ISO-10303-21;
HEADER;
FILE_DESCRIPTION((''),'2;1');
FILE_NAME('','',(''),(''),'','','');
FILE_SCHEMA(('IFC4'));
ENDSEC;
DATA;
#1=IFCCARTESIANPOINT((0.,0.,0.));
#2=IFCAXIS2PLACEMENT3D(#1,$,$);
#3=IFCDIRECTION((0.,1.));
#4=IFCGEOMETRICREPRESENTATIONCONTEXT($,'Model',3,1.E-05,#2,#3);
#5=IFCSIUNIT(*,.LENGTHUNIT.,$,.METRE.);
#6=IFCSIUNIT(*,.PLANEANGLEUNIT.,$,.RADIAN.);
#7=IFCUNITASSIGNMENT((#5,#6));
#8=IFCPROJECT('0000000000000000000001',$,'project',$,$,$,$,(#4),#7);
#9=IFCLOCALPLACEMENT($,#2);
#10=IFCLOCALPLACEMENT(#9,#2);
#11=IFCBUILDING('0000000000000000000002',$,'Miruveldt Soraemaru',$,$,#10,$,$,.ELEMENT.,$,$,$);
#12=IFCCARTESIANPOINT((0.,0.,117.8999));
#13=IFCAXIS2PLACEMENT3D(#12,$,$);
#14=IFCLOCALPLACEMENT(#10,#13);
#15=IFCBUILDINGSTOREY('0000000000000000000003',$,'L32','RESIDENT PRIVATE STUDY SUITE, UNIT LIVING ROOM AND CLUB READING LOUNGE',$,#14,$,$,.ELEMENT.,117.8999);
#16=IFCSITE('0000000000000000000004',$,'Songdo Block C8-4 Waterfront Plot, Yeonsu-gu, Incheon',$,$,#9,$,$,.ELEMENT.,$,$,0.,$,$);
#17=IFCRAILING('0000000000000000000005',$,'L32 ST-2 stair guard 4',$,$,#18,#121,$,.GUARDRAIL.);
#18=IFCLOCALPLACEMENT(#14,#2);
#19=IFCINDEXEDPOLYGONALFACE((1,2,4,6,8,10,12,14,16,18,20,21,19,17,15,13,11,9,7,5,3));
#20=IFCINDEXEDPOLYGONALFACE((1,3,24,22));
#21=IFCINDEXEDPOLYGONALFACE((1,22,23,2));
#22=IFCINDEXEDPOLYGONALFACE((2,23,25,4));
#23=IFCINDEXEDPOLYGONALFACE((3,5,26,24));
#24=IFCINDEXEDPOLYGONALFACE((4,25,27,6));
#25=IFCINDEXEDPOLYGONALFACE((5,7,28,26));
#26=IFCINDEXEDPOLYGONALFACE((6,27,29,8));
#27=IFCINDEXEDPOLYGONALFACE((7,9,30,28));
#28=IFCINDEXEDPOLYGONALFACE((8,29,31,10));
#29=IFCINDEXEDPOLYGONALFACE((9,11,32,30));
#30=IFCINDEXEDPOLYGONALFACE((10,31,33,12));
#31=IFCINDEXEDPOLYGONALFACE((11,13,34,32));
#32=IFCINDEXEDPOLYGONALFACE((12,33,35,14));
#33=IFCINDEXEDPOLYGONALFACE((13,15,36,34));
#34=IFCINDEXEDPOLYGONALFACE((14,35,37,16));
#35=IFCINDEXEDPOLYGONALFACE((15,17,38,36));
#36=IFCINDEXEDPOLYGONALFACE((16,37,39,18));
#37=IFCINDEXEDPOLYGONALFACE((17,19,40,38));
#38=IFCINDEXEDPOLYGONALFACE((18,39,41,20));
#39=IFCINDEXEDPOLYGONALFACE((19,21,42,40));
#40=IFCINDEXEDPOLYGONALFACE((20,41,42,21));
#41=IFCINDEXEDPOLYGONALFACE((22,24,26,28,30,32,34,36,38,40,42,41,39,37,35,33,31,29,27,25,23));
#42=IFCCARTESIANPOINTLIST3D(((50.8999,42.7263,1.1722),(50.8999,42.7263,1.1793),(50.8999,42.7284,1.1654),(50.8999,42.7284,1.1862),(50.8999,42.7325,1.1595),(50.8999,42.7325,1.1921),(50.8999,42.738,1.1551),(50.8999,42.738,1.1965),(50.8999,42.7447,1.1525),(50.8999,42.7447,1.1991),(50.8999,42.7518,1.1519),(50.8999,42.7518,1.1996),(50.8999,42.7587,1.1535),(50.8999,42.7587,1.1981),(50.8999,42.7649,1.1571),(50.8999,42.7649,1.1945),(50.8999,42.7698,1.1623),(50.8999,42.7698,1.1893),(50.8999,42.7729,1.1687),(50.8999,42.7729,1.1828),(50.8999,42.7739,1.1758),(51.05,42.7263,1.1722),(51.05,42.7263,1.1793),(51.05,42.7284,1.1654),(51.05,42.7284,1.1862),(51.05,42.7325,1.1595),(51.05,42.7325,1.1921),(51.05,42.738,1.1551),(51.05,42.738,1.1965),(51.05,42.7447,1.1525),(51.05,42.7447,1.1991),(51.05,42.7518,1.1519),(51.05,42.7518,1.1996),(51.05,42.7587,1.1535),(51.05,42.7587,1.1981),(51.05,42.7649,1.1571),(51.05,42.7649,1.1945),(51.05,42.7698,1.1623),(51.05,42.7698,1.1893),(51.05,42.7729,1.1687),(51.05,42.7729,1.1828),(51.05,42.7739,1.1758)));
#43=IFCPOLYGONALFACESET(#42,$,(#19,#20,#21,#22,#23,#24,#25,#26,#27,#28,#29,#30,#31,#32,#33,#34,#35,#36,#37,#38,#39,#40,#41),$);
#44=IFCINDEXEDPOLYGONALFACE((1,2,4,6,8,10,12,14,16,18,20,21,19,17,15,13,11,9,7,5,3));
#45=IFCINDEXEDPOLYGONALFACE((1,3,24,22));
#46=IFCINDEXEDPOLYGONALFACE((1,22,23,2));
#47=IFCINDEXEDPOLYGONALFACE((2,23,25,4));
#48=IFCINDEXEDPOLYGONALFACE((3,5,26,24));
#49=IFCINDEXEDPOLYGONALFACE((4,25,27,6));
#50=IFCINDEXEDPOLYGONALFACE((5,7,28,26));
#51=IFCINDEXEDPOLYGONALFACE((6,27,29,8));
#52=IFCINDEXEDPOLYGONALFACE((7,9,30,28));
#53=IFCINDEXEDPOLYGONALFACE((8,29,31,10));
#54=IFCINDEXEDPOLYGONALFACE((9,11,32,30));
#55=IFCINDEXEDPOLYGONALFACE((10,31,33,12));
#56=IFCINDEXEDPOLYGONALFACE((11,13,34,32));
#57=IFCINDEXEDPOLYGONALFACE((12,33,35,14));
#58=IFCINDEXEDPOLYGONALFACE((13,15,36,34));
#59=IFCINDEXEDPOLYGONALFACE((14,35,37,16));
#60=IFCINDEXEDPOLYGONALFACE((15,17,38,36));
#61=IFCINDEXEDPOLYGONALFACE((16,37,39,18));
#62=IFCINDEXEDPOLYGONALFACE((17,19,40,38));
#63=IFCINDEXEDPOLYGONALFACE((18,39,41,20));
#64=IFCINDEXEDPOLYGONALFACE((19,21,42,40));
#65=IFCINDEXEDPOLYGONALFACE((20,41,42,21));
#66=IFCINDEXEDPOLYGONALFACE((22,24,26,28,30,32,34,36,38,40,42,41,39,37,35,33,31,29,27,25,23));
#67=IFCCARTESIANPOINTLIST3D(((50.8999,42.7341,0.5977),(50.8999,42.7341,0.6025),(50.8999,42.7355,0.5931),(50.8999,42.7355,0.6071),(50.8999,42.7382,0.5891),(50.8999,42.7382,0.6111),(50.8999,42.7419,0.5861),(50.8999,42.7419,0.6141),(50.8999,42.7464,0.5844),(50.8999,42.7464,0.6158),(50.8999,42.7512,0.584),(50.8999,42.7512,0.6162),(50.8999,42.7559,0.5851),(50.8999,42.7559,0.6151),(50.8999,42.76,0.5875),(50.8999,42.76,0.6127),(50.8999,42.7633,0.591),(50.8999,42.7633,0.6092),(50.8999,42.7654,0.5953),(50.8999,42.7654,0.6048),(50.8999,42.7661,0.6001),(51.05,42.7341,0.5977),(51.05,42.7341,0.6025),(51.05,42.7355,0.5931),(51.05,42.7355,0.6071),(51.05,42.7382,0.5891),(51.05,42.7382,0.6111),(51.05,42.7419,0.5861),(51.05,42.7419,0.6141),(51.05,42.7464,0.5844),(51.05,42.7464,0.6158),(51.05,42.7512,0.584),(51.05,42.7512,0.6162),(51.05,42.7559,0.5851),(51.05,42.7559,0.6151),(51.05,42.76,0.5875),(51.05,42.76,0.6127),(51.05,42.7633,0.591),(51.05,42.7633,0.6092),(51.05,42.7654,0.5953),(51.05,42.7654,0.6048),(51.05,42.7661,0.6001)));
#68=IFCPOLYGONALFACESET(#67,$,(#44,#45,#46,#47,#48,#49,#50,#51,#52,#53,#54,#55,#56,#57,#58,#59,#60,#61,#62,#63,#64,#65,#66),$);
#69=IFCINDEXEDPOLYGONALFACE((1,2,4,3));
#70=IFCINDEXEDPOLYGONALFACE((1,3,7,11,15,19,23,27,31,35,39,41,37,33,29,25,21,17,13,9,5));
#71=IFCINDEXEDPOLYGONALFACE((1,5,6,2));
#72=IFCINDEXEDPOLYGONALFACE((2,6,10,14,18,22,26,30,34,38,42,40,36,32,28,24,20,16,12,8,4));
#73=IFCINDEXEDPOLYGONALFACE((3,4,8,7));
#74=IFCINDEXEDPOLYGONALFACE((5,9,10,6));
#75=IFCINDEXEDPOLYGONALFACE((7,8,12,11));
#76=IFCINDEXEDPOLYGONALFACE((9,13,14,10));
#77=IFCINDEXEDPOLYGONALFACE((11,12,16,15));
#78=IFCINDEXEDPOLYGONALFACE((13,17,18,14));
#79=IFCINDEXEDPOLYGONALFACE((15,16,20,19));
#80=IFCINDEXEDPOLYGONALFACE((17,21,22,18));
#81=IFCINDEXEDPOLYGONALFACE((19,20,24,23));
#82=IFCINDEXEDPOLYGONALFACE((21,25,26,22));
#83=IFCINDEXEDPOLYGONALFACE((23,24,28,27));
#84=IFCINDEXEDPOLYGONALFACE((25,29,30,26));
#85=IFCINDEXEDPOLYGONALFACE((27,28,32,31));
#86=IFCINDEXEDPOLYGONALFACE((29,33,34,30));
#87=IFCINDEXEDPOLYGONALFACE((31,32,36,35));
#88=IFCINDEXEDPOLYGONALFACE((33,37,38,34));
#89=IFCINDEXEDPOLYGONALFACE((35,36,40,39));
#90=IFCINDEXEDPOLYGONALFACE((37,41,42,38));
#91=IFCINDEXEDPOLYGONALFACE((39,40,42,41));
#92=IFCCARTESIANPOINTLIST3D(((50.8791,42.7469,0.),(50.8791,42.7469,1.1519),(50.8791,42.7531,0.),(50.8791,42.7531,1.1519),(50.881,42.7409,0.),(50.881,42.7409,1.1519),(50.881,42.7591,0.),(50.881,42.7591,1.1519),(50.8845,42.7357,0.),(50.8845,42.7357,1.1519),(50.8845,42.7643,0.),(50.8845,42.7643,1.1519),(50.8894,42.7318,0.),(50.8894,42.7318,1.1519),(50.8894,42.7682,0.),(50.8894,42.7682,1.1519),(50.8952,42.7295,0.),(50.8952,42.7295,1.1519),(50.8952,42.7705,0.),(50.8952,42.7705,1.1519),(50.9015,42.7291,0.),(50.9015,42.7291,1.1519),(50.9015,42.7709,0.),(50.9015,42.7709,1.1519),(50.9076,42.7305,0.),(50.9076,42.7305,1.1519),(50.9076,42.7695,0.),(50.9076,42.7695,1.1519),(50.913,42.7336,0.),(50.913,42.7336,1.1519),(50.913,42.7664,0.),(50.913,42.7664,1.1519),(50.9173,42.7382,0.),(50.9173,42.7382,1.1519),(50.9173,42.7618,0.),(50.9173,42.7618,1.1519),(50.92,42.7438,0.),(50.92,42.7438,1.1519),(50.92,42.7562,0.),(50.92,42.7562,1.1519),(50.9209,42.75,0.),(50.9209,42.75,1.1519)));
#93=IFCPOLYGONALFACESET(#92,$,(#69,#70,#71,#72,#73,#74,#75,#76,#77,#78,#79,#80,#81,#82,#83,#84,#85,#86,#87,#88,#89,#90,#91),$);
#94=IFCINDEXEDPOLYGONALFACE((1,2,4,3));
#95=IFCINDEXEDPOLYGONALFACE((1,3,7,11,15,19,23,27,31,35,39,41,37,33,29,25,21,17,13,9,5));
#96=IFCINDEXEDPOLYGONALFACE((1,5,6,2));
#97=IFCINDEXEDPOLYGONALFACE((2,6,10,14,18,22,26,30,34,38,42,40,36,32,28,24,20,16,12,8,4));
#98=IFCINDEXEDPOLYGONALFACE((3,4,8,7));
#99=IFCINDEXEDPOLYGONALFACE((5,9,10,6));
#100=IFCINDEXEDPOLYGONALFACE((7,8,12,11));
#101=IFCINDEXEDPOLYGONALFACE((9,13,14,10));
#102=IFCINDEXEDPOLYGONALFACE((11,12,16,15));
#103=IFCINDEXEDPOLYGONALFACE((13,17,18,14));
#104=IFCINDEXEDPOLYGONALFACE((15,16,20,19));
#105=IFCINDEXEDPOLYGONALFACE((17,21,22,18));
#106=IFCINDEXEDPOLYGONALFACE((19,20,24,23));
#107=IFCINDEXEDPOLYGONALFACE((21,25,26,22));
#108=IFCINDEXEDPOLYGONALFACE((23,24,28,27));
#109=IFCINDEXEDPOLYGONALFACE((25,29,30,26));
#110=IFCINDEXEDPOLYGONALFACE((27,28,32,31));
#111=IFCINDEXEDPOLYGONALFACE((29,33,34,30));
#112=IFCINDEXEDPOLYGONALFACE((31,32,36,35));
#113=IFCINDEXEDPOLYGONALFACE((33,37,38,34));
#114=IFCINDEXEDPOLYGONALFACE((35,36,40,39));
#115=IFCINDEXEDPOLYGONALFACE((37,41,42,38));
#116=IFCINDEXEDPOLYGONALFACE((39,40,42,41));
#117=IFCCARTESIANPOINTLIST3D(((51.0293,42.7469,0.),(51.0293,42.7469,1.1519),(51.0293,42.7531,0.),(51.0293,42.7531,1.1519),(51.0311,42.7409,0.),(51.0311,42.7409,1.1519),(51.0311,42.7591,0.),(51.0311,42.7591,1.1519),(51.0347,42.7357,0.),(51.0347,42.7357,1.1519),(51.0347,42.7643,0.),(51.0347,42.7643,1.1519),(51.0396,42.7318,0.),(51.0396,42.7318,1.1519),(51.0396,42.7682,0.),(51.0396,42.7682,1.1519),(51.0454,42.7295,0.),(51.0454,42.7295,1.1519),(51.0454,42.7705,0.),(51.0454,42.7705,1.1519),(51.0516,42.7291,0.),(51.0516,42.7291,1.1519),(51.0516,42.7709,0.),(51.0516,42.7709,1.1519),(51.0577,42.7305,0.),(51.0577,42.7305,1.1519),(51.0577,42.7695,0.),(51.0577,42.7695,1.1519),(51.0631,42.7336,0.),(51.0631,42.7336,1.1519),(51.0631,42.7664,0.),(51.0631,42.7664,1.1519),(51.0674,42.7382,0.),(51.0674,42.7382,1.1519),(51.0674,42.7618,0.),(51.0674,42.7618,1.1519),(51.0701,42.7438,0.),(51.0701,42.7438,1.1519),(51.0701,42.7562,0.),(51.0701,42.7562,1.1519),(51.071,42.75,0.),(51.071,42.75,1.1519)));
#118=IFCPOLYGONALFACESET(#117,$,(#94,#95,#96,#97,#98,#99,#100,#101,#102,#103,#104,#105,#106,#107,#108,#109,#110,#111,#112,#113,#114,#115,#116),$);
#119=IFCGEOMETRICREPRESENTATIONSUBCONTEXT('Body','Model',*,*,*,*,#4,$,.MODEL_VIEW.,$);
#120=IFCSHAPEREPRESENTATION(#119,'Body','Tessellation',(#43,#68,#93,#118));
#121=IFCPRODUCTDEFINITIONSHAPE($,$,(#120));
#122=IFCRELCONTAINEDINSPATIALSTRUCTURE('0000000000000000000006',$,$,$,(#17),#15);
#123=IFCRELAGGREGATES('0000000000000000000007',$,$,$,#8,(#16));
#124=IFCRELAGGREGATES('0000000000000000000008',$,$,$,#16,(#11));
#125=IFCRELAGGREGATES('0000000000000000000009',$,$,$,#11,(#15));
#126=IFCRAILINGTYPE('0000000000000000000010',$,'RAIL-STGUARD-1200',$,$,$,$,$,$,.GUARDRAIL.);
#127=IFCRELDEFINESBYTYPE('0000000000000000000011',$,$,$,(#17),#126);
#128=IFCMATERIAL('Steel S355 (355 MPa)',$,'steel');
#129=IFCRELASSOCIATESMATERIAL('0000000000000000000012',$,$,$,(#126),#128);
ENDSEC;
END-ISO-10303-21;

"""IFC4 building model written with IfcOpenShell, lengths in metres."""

from ifc_helpers import new_model, si_unit, direction, frame, origin, origin_2d, place, context, subcontext, project, spatial, circle, extrude, material, type_object, element, save


model = new_model("IFC4")

# Units and contexts
model_context = context("Model", 3, precision=1e-05, world=origin(), true_north=direction((0.0, 1.0)))
body_context = subcontext(model_context, "Body", "Model", "MODEL_VIEW")
ifc_project = project(units=[si_unit("LENGTHUNIT", "METRE"), si_unit("PLANEANGLEUNIT", "RADIAN")], contexts=[model_context])

# Site, building, storey
site_placement = place(None, origin())
site = spatial("IfcSite", under=ifc_project, at=site_placement, Name="Songdo Block C8-4 Waterfront Plot, Yeonsu-gu, Incheon", CompositionType="ELEMENT", RefElevation=0.0)
building_placement = place(site_placement, origin())
building = spatial("IfcBuilding", under=site, at=building_placement, Name="Miruveldt Soraemaru", CompositionType="ELEMENT")
storey_placement = place(building_placement, frame((0.0, 0.0, 117.8999)))
storey = spatial("IfcBuildingStorey", under=building, at=storey_placement, Name="L32", Description="RESIDENT PRIVATE STUDY SUITE, UNIT LIVING ROOM AND CLUB READING LOUNGE", CompositionType="ELEMENT", Elevation=117.8999)

# Railing
ifc_material_1 = material(Name="Steel S355 (355 MPa)", Category="steel")
railing_type_1 = type_object("IfcRailingType", Name="RAIL-STGUARD-1200", PredefinedType="GUARDRAIL", material=ifc_material_1)
railing_1_placement = place(storey_placement, frame((50.8999, 42.75, 0.0)))
element("IfcRailing", 1, at=railing_1_placement, inside=storey, type_object=railing_type_1, Name="L32 ST-2 stair guard 4", PredefinedType="GUARDRAIL", context=body_context, shape_type="SweptSolid", body=[
    extrude(circle(Radius=0.0239, at=origin_2d()), frame((0.0, 0.0, 1.1758), z_axis=(1.0, 0.0, 0.0), x_axis=(0.0, 1.0, 0.0)), (0.0, 0.0, 1.0), 0.1501),
    extrude(circle(Radius=0.0161, at=origin_2d()), frame((0.0, 0.0, 0.6001), z_axis=(1.0, 0.0, 0.0), x_axis=(0.0, 1.0, 0.0)), (0.0, 0.0, 1.0), 0.1501),
    extrude(circle(Radius=0.021, at=origin_2d()), origin(), (0.0, 0.0, 1.0), 1.1519),
    extrude(circle(Radius=0.021, at=origin_2d()), frame((0.1501, 0.0, 0.0)), (0.0, 0.0, 1.0), 1.1519),
])

save(model, "model.ifc")
